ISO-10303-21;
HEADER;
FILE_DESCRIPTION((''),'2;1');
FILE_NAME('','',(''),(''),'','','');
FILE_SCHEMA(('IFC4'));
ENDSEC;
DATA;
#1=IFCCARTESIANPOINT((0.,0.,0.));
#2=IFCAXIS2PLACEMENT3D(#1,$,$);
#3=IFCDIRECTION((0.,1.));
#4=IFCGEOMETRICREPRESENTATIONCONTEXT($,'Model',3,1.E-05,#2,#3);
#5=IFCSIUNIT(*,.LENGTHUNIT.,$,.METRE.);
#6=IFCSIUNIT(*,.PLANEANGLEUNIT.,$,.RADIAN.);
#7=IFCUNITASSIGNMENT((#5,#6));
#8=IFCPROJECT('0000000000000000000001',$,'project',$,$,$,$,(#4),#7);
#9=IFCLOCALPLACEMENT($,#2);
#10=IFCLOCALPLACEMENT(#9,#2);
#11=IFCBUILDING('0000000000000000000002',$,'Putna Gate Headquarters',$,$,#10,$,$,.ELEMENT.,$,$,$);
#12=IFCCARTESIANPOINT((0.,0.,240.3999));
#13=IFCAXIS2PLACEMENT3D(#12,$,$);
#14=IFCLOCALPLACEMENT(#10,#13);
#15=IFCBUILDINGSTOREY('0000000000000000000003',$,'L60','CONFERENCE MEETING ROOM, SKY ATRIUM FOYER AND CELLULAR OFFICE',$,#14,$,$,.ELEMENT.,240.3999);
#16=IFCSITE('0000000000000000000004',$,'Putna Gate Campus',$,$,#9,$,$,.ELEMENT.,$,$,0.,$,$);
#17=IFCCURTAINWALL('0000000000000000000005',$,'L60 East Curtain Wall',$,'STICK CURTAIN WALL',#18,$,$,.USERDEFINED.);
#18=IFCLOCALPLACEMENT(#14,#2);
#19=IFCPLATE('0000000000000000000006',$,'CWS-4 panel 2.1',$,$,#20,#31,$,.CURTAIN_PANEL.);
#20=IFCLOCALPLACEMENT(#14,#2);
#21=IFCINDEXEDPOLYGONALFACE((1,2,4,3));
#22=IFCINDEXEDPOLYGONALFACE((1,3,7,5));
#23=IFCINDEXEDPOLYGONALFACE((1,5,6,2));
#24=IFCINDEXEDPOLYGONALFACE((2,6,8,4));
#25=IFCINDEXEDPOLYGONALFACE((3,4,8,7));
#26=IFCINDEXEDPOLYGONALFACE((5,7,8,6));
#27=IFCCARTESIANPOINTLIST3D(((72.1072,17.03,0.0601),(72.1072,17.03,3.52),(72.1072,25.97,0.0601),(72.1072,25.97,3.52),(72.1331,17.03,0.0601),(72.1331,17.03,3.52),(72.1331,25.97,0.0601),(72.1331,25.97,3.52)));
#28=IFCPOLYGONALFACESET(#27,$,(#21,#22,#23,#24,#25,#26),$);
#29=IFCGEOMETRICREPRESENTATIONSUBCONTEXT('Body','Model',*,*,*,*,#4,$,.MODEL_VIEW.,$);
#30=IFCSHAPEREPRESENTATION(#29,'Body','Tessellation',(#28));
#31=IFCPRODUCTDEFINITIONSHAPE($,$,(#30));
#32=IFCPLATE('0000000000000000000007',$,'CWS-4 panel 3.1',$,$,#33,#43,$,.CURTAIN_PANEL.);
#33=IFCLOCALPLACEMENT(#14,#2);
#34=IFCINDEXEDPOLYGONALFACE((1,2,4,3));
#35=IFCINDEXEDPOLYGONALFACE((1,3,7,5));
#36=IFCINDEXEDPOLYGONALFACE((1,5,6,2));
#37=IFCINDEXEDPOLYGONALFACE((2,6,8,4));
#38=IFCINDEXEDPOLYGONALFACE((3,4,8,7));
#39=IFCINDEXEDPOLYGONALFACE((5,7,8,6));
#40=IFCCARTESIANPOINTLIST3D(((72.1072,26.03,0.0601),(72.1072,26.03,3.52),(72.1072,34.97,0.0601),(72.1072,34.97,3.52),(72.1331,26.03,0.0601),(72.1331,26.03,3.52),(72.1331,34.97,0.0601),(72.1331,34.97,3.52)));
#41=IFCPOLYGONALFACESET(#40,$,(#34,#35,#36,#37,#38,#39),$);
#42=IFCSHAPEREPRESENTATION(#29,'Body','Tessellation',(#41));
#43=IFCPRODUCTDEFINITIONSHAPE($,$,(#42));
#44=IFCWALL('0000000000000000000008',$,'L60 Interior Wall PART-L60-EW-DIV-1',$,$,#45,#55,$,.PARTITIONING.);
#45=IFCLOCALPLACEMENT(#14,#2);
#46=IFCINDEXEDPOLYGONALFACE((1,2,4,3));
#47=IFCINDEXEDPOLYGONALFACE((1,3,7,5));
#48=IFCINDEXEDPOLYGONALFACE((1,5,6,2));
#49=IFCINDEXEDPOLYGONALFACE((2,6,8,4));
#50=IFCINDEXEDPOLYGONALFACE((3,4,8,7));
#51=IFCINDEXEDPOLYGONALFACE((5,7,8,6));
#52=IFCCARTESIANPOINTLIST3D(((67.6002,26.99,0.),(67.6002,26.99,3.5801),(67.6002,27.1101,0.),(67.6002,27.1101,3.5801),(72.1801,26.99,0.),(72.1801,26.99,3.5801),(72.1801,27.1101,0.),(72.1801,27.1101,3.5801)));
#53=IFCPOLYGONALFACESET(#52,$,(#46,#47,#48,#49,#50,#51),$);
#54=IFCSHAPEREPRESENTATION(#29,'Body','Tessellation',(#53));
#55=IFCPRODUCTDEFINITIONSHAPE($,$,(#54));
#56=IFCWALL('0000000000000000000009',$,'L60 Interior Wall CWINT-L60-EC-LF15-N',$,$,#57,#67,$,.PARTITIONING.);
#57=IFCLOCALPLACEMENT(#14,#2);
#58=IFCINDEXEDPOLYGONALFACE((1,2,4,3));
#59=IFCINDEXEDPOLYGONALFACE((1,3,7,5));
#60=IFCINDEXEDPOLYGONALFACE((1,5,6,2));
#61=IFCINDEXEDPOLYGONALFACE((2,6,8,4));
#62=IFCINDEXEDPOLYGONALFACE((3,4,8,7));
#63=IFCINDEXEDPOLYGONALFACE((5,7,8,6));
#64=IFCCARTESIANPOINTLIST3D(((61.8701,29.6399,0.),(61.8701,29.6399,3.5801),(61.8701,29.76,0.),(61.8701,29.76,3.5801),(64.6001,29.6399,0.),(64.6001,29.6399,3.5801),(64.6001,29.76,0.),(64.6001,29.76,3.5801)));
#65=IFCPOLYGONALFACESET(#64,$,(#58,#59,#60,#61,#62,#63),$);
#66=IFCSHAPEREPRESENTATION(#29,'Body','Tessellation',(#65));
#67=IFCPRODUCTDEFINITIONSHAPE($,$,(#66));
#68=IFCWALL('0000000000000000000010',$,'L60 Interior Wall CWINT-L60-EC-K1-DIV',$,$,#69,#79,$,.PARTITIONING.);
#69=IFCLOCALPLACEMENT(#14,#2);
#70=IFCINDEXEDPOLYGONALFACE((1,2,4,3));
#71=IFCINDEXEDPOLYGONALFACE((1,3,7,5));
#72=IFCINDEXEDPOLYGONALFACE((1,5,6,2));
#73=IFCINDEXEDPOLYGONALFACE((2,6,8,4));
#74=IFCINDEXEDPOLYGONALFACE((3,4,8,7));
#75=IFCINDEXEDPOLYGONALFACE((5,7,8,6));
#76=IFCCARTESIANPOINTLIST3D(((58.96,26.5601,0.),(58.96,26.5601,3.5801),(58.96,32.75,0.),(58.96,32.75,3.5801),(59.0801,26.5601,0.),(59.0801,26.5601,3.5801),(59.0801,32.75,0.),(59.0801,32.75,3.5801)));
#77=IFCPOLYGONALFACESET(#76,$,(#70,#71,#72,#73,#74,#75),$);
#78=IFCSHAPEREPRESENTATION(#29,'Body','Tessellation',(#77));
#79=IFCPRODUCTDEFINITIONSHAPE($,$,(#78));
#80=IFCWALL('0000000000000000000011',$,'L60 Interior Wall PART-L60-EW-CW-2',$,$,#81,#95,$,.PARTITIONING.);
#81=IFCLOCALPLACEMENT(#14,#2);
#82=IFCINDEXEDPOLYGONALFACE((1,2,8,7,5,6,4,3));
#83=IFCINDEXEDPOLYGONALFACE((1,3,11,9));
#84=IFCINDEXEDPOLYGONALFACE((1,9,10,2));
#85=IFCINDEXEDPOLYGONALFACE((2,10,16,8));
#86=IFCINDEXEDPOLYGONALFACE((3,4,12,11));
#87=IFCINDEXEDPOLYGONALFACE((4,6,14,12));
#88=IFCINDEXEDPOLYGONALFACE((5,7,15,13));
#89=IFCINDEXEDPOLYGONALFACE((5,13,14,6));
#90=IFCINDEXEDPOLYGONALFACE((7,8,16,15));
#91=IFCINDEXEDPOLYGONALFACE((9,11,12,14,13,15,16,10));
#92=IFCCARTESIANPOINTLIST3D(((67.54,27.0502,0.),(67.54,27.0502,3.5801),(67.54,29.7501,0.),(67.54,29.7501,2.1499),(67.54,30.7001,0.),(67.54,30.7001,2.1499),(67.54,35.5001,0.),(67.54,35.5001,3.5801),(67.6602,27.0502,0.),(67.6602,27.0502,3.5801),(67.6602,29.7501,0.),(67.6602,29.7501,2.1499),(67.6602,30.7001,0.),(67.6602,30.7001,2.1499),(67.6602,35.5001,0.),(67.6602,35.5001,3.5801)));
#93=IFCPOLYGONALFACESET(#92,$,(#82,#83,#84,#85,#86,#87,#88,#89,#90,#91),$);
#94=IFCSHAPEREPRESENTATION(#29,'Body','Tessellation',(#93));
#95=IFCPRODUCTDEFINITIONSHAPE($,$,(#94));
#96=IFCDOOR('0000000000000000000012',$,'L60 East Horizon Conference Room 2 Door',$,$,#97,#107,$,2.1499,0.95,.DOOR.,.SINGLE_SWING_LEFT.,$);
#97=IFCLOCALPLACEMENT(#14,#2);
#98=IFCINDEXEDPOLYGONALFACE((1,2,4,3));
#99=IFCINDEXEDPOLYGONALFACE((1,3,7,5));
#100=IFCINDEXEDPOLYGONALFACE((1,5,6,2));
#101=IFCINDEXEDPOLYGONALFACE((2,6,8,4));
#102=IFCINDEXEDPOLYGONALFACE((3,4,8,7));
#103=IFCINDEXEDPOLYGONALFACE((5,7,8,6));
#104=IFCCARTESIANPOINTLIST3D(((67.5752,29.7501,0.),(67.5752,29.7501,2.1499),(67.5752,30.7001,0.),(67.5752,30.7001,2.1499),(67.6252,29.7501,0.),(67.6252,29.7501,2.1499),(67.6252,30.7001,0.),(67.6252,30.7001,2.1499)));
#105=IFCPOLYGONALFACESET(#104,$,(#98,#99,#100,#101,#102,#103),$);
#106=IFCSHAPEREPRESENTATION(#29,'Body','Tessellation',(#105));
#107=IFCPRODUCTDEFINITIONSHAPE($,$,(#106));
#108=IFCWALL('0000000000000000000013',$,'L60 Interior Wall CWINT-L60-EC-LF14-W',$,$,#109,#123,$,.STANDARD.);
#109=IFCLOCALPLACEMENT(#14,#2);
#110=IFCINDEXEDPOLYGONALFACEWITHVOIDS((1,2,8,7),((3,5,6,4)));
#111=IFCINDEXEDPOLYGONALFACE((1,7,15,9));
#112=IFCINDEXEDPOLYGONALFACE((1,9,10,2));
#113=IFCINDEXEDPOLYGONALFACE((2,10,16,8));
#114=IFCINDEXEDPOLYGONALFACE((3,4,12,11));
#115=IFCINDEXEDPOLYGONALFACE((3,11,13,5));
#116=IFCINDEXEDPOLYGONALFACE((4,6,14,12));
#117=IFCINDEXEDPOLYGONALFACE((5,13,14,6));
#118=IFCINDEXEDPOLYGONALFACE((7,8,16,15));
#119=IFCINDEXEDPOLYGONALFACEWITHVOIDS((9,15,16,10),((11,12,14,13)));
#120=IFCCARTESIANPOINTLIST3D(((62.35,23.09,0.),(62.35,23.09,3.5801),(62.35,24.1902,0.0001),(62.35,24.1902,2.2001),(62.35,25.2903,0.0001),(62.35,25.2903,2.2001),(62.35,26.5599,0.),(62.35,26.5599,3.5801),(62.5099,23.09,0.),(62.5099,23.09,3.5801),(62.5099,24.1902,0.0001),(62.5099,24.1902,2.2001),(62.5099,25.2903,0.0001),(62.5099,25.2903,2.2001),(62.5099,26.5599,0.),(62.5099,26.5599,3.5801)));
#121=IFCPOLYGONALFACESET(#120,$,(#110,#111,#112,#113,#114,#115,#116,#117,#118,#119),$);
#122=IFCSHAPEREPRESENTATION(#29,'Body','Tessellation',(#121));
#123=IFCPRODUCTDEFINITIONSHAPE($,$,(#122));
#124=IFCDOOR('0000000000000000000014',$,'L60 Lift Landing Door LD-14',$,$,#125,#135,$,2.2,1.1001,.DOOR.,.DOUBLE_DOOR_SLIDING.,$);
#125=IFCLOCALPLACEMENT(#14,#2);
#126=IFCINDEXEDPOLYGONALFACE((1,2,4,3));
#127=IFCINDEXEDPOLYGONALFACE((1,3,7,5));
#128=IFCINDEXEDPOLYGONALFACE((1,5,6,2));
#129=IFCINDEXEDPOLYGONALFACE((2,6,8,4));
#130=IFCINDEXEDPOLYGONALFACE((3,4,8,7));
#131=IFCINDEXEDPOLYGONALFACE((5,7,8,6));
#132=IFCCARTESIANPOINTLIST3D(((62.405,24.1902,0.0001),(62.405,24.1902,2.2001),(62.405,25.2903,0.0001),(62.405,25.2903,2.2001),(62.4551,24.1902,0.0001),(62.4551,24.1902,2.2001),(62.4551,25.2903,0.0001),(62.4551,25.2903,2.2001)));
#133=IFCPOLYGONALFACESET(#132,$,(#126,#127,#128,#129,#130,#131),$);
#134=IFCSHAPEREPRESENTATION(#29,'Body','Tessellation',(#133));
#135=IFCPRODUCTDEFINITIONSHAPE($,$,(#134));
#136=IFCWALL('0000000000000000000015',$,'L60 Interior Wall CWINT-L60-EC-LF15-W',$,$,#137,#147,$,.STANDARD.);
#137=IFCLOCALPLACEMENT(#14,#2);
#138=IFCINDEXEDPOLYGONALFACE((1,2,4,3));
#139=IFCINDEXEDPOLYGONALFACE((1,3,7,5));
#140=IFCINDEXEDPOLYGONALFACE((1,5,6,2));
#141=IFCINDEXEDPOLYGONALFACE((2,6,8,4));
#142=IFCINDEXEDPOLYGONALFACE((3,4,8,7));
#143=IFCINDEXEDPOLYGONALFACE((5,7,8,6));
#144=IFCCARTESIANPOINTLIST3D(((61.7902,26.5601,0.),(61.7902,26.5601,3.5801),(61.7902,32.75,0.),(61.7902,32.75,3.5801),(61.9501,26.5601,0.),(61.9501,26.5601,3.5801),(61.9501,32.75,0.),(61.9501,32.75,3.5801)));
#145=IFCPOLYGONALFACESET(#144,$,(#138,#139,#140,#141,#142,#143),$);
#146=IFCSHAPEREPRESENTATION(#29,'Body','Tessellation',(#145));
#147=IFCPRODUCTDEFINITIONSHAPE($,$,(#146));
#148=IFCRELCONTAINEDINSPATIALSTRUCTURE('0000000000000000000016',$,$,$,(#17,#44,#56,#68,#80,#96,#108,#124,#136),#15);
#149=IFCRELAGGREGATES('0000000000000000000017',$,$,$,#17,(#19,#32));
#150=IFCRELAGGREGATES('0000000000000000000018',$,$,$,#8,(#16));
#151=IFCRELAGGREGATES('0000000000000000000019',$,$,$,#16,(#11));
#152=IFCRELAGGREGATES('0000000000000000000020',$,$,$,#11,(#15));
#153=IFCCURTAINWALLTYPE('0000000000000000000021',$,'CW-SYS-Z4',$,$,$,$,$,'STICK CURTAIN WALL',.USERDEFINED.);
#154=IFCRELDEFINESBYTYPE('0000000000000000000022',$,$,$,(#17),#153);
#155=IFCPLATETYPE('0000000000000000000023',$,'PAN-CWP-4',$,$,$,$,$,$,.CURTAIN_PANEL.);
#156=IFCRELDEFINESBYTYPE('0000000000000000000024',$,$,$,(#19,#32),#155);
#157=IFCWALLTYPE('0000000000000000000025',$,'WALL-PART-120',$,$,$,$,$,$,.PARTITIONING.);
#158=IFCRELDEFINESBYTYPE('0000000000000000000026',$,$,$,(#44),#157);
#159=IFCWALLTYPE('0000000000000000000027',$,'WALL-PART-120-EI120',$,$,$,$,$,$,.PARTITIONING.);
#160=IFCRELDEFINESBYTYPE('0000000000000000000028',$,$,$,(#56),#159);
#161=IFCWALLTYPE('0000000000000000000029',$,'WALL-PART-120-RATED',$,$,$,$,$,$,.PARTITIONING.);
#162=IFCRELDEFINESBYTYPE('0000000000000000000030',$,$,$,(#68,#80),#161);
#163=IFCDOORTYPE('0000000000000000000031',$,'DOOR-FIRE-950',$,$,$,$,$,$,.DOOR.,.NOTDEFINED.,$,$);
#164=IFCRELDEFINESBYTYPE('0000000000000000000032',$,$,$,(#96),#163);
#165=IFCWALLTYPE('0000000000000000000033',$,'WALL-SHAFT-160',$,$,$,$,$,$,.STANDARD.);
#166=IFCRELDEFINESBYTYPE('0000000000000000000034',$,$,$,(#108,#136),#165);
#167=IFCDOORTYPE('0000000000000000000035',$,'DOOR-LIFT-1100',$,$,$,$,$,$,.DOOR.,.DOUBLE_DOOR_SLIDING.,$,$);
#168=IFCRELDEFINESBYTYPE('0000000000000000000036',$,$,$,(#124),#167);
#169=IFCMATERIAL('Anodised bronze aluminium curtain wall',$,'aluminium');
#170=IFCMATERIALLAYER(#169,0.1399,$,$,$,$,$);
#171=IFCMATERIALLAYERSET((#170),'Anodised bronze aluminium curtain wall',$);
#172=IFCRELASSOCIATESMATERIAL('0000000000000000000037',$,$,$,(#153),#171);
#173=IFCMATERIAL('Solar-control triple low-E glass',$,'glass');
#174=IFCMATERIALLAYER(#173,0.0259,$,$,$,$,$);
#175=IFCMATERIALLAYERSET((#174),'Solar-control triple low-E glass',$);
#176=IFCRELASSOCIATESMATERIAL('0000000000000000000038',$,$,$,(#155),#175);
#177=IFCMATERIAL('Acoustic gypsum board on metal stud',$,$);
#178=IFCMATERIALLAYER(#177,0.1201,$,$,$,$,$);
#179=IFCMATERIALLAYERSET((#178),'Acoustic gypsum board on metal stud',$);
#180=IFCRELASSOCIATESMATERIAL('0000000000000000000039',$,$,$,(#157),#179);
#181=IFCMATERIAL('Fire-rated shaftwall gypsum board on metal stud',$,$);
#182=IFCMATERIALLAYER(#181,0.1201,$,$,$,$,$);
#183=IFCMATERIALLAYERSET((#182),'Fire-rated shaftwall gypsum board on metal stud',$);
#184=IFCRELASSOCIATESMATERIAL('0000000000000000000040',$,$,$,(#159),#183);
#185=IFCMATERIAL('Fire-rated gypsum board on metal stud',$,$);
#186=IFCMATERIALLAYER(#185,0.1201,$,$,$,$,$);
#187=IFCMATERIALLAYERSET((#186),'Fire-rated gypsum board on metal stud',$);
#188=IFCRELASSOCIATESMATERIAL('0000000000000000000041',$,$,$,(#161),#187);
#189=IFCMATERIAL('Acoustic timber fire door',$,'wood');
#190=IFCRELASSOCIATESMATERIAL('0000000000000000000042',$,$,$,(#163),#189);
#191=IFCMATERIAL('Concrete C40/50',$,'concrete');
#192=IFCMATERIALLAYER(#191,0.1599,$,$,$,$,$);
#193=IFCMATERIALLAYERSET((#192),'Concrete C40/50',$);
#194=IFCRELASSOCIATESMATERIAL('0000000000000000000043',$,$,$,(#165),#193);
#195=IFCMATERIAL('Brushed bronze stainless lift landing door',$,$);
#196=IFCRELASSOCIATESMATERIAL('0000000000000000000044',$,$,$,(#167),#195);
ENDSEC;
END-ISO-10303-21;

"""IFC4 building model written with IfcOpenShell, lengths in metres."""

from ifc_helpers import new_model, si_unit, direction, frame, frame_2d, origin, origin_2d, place, context, subcontext, project, spatial, rectangle, extrude, material, layer, layer_set, type_object, element, fill, aggregate, save


model = new_model("IFC4")

# Units and contexts
model_context = context("Model", 3, precision=1e-05, world=origin(), true_north=direction((0.0, 1.0)))
body_context = subcontext(model_context, "Body", "Model", "MODEL_VIEW")
ifc_project = project(units=[si_unit("LENGTHUNIT", "METRE"), si_unit("PLANEANGLEUNIT", "RADIAN")], contexts=[model_context])

# Site, building, storey
site_placement = place(None, origin())
site = spatial("IfcSite", under=ifc_project, at=site_placement, Name="Putna Gate Campus", CompositionType="ELEMENT", RefElevation=0.0)
building_placement = place(site_placement, origin())
building = spatial("IfcBuilding", under=site, at=building_placement, Name="Putna Gate Headquarters", CompositionType="ELEMENT")
storey_placement = place(building_placement, frame((0.0, 0.0, 240.3999)))
storey = spatial("IfcBuildingStorey", under=building, at=storey_placement, Name="L60", Description="CONFERENCE MEETING ROOM, SKY ATRIUM FOYER AND CELLULAR OFFICE", CompositionType="ELEMENT", Elevation=240.3999)

# Curtain wall, plates
ifc_material_1 = material(Name="Anodised bronze aluminium curtain wall", Category="aluminium")
ifc_layer_1 = layer(ifc_material_1, 0.1399)
ifc_layer_set_1 = layer_set([ifc_layer_1], Name="Anodised bronze aluminium curtain wall")
curtain_wall_type = type_object("IfcCurtainWallType", Name="CW-SYS-Z4", ElementType="STICK CURTAIN WALL", PredefinedType="USERDEFINED", material=ifc_layer_set_1)
curtain_wall_placement = place(storey_placement, origin())
curtain_wall = element("IfcCurtainWall", 1, at=curtain_wall_placement, inside=storey, type_object=curtain_wall_type, Name="L60 East Curtain Wall", ObjectType="STICK CURTAIN WALL", PredefinedType="USERDEFINED")
ifc_material_2 = material(Name="Solar-control triple low-E glass", Category="glass")
ifc_layer_2 = layer(ifc_material_2, 0.0259)
ifc_layer_set_2 = layer_set([ifc_layer_2], Name="Solar-control triple low-E glass")
plate_type = type_object("IfcPlateType", Name="PAN-CWP-4", PredefinedType="CURTAIN_PANEL", material=ifc_layer_set_2)
plate_1_placement = place(storey_placement, frame((72.1201, 21.5, 0.0601), z_axis=(0.0, 0.0, 1.0), x_axis=(0.0, 1.0, 0.0)))
plate_1 = element("IfcPlate", 2, at=plate_1_placement, type_object=plate_type, Name="CWS-4 panel 2.1", PredefinedType="CURTAIN_PANEL", context=body_context, shape_type="SweptSolid", body=[
    extrude(rectangle(XDim=8.9399, YDim=0.0259, at=origin_2d()), origin(), (0.0, 0.0, 1.0), 3.46),
])
plate_2_placement = place(storey_placement, frame((72.1201, 30.5, 0.0601), z_axis=(0.0, 0.0, 1.0), x_axis=(0.0, 1.0, 0.0)))
plate_2 = element("IfcPlate", 3, at=plate_2_placement, type_object=plate_type, Name="CWS-4 panel 3.1", PredefinedType="CURTAIN_PANEL", context=body_context, shape_type="SweptSolid", body=[
    extrude(rectangle(XDim=8.9399, YDim=0.0259, at=origin_2d()), origin(), (0.0, 0.0, 1.0), 3.46),
])
aggregate(curtain_wall, [plate_1, plate_2])

# Walls
ifc_material_3 = material(Name="Acoustic gypsum board on metal stud")
ifc_layer_3 = layer(ifc_material_3, 0.1201)
ifc_layer_set_3 = layer_set([ifc_layer_3], Name="Acoustic gypsum board on metal stud")
wall_type_1 = type_object("IfcWallType", Name="WALL-PART-120", PredefinedType="PARTITIONING", material=ifc_layer_set_3)
wall_1_placement = place(storey_placement, frame((67.6001, 27.05, 0.0), z_axis=(0.0, 0.0, 1.0), x_axis=(1.0, 0.0, 0.0)))
element("IfcWall", 4, at=wall_1_placement, inside=storey, type_object=wall_type_1, Name="L60 Interior Wall PART-L60-EW-DIV-1", PredefinedType="PARTITIONING", context=body_context, shape_type="SweptSolid", body=[
    extrude(rectangle(XDim=4.5798, YDim=0.1201, at=frame_2d((2.29, 0.0))), origin(), (0.0, 0.0, 1.0), 3.5801),
])
ifc_material_4 = material(Name="Fire-rated shaftwall gypsum board on metal stud")
ifc_layer_4 = layer(ifc_material_4, 0.1201)
ifc_layer_set_4 = layer_set([ifc_layer_4], Name="Fire-rated shaftwall gypsum board on metal stud")
wall_type_2 = type_object("IfcWallType", Name="WALL-PART-120-EI120", PredefinedType="PARTITIONING", material=ifc_layer_set_4)
wall_2_placement = place(storey_placement, frame((61.8701, 29.7, 0.0), z_axis=(0.0, 0.0, 1.0), x_axis=(1.0, 0.0, 0.0)))
element("IfcWall", 5, at=wall_2_placement, inside=storey, type_object=wall_type_2, Name="L60 Interior Wall CWINT-L60-EC-LF15-N", PredefinedType="PARTITIONING", context=body_context, shape_type="SweptSolid", body=[
    extrude(rectangle(XDim=2.73, YDim=0.1201, at=frame_2d((1.365, 0.0))), origin(), (0.0, 0.0, 1.0), 3.5801),
])
ifc_material_5 = material(Name="Fire-rated gypsum board on metal stud")
ifc_layer_5 = layer(ifc_material_5, 0.1201)
ifc_layer_set_5 = layer_set([ifc_layer_5], Name="Fire-rated gypsum board on metal stud")
wall_type_3 = type_object("IfcWallType", Name="WALL-PART-120-RATED", PredefinedType="PARTITIONING", material=ifc_layer_set_5)
wall_3_placement = place(storey_placement, frame((59.02, 26.5601, 0.0), z_axis=(0.0, 0.0, 1.0), x_axis=(0.0, 1.0, 0.0)))
element("IfcWall", 6, at=wall_3_placement, inside=storey, type_object=wall_type_3, Name="L60 Interior Wall CWINT-L60-EC-K1-DIV", PredefinedType="PARTITIONING", context=body_context, shape_type="SweptSolid", body=[
    extrude(rectangle(XDim=6.1899, YDim=0.1201, at=frame_2d((3.095, 0.0))), origin(), (0.0, 0.0, 1.0), 3.5801),
])

# Walls, openings, doors
wall_4_placement = place(storey_placement, frame((67.6001, 27.05, 0.0), z_axis=(0.0, 0.0, 1.0), x_axis=(0.0, 1.0, 0.0)))
wall_4 = element("IfcWall", 7, at=wall_4_placement, inside=storey, type_object=wall_type_3, Name="L60 Interior Wall PART-L60-EW-CW-2", PredefinedType="PARTITIONING", context=body_context, shape_type="SweptSolid", body=[
    extrude(rectangle(XDim=8.45, YDim=0.1201, at=frame_2d((4.2251, 0.0))), origin(), (0.0, 0.0, 1.0), 3.5801),
])
opening_1_placement = place(wall_4_placement, frame((2.7, 0.0, 0.0)))
opening_1 = element("IfcOpeningElement", 8, at=opening_1_placement, cuts=wall_4, PredefinedType="OPENING", context=body_context, shape_type="SweptSolid", body=[
    extrude(rectangle(XDim=0.95, YDim=2.1499, at=frame_2d((0.4751, 1.075))), frame((0.0, 0.0701, 0.0), z_axis=(0.0, -1.0, 0.0), x_axis=(1.0, 0.0, 0.0)), (0.0, 0.0, 1.0), 0.1401),
])
ifc_material_6 = material(Name="Acoustic timber fire door", Category="wood")
door_type_1 = type_object("IfcDoorType", Name="DOOR-FIRE-950", OperationType="NOTDEFINED", PredefinedType="DOOR", material=ifc_material_6)
door_1_placement = place(opening_1_placement, origin())
door_1 = element("IfcDoor", 9, at=door_1_placement, inside=storey, type_object=door_type_1, Name="L60 East Horizon Conference Room 2 Door", OperationType="SINGLE_SWING_LEFT", OverallHeight=2.1499, OverallWidth=0.95, PredefinedType="DOOR", context=body_context, shape_type="SweptSolid", body=[
    extrude(rectangle(XDim=0.95, YDim=2.1499, at=frame_2d((0.4751, 1.075))), frame((0.0, 0.0249, 0.0), z_axis=(0.0, -1.0, 0.0), x_axis=(1.0, 0.0, 0.0)), (0.0, 0.0, 1.0), 0.05),
])
fill(opening_1, door_1)
ifc_material_7 = material(Name="Concrete C40/50", Category="concrete")
ifc_layer_6 = layer(ifc_material_7, 0.1599)
ifc_layer_set_6 = layer_set([ifc_layer_6], Name="Concrete C40/50")
wall_type_4 = type_object("IfcWallType", Name="WALL-SHAFT-160", PredefinedType="STANDARD", material=ifc_layer_set_6)
wall_5_placement = place(storey_placement, frame((62.4299, 23.0901, 0.0), z_axis=(0.0, 0.0, 1.0), x_axis=(0.0, 1.0, 0.0)))
wall_5 = element("IfcWall", 10, at=wall_5_placement, inside=storey, type_object=wall_type_4, Name="L60 Interior Wall CWINT-L60-EC-LF14-W", PredefinedType="STANDARD", context=body_context, shape_type="SweptSolid", body=[
    extrude(rectangle(XDim=3.47, YDim=0.1599, at=frame_2d((1.7349, 0.0))), origin(), (0.0, 0.0, 1.0), 3.5801),
])
opening_2_placement = place(wall_5_placement, frame((1.1001, 0.0, 0.0)))
opening_2 = element("IfcOpeningElement", 11, at=opening_2_placement, cuts=wall_5, PredefinedType="OPENING", context=body_context, shape_type="SweptSolid", body=[
    extrude(rectangle(XDim=1.1001, YDim=2.2, at=frame_2d((0.55, 1.1001))), frame((0.0, 0.0898, 0.0), z_axis=(0.0, -1.0, 0.0), x_axis=(1.0, 0.0, 0.0)), (0.0, 0.0, 1.0), 0.1799),
])
ifc_material_8 = material(Name="Brushed bronze stainless lift landing door")
door_type_2 = type_object("IfcDoorType", Name="DOOR-LIFT-1100", OperationType="DOUBLE_DOOR_SLIDING", PredefinedType="DOOR", material=ifc_material_8)
door_2_placement = place(opening_2_placement, origin())
door_2 = element("IfcDoor", 12, at=door_2_placement, inside=storey, type_object=door_type_2, Name="L60 Lift Landing Door LD-14", OperationType="DOUBLE_DOOR_SLIDING", OverallHeight=2.2, OverallWidth=1.1001, PredefinedType="DOOR", context=body_context, shape_type="SweptSolid", body=[
    extrude(rectangle(XDim=1.1001, YDim=2.2, at=frame_2d((0.55, 1.1001))), frame((0.0, 0.0249, 0.0), z_axis=(0.0, -1.0, 0.0), x_axis=(1.0, 0.0, 0.0)), (0.0, 0.0, 1.0), 0.05),
])
fill(opening_2, door_2)

# Wall
wall_6_placement = place(storey_placement, frame((61.8701, 26.5601, 0.0), z_axis=(0.0, 0.0, 1.0), x_axis=(0.0, 1.0, 0.0)))
element("IfcWall", 13, at=wall_6_placement, inside=storey, type_object=wall_type_4, Name="L60 Interior Wall CWINT-L60-EC-LF15-W", PredefinedType="STANDARD", context=body_context, shape_type="SweptSolid", body=[
    extrude(rectangle(XDim=6.1899, YDim=0.1599, at=frame_2d((3.095, 0.0))), origin(), (0.0, 0.0, 1.0), 3.5801),
])

save(model, "model.ifc")
